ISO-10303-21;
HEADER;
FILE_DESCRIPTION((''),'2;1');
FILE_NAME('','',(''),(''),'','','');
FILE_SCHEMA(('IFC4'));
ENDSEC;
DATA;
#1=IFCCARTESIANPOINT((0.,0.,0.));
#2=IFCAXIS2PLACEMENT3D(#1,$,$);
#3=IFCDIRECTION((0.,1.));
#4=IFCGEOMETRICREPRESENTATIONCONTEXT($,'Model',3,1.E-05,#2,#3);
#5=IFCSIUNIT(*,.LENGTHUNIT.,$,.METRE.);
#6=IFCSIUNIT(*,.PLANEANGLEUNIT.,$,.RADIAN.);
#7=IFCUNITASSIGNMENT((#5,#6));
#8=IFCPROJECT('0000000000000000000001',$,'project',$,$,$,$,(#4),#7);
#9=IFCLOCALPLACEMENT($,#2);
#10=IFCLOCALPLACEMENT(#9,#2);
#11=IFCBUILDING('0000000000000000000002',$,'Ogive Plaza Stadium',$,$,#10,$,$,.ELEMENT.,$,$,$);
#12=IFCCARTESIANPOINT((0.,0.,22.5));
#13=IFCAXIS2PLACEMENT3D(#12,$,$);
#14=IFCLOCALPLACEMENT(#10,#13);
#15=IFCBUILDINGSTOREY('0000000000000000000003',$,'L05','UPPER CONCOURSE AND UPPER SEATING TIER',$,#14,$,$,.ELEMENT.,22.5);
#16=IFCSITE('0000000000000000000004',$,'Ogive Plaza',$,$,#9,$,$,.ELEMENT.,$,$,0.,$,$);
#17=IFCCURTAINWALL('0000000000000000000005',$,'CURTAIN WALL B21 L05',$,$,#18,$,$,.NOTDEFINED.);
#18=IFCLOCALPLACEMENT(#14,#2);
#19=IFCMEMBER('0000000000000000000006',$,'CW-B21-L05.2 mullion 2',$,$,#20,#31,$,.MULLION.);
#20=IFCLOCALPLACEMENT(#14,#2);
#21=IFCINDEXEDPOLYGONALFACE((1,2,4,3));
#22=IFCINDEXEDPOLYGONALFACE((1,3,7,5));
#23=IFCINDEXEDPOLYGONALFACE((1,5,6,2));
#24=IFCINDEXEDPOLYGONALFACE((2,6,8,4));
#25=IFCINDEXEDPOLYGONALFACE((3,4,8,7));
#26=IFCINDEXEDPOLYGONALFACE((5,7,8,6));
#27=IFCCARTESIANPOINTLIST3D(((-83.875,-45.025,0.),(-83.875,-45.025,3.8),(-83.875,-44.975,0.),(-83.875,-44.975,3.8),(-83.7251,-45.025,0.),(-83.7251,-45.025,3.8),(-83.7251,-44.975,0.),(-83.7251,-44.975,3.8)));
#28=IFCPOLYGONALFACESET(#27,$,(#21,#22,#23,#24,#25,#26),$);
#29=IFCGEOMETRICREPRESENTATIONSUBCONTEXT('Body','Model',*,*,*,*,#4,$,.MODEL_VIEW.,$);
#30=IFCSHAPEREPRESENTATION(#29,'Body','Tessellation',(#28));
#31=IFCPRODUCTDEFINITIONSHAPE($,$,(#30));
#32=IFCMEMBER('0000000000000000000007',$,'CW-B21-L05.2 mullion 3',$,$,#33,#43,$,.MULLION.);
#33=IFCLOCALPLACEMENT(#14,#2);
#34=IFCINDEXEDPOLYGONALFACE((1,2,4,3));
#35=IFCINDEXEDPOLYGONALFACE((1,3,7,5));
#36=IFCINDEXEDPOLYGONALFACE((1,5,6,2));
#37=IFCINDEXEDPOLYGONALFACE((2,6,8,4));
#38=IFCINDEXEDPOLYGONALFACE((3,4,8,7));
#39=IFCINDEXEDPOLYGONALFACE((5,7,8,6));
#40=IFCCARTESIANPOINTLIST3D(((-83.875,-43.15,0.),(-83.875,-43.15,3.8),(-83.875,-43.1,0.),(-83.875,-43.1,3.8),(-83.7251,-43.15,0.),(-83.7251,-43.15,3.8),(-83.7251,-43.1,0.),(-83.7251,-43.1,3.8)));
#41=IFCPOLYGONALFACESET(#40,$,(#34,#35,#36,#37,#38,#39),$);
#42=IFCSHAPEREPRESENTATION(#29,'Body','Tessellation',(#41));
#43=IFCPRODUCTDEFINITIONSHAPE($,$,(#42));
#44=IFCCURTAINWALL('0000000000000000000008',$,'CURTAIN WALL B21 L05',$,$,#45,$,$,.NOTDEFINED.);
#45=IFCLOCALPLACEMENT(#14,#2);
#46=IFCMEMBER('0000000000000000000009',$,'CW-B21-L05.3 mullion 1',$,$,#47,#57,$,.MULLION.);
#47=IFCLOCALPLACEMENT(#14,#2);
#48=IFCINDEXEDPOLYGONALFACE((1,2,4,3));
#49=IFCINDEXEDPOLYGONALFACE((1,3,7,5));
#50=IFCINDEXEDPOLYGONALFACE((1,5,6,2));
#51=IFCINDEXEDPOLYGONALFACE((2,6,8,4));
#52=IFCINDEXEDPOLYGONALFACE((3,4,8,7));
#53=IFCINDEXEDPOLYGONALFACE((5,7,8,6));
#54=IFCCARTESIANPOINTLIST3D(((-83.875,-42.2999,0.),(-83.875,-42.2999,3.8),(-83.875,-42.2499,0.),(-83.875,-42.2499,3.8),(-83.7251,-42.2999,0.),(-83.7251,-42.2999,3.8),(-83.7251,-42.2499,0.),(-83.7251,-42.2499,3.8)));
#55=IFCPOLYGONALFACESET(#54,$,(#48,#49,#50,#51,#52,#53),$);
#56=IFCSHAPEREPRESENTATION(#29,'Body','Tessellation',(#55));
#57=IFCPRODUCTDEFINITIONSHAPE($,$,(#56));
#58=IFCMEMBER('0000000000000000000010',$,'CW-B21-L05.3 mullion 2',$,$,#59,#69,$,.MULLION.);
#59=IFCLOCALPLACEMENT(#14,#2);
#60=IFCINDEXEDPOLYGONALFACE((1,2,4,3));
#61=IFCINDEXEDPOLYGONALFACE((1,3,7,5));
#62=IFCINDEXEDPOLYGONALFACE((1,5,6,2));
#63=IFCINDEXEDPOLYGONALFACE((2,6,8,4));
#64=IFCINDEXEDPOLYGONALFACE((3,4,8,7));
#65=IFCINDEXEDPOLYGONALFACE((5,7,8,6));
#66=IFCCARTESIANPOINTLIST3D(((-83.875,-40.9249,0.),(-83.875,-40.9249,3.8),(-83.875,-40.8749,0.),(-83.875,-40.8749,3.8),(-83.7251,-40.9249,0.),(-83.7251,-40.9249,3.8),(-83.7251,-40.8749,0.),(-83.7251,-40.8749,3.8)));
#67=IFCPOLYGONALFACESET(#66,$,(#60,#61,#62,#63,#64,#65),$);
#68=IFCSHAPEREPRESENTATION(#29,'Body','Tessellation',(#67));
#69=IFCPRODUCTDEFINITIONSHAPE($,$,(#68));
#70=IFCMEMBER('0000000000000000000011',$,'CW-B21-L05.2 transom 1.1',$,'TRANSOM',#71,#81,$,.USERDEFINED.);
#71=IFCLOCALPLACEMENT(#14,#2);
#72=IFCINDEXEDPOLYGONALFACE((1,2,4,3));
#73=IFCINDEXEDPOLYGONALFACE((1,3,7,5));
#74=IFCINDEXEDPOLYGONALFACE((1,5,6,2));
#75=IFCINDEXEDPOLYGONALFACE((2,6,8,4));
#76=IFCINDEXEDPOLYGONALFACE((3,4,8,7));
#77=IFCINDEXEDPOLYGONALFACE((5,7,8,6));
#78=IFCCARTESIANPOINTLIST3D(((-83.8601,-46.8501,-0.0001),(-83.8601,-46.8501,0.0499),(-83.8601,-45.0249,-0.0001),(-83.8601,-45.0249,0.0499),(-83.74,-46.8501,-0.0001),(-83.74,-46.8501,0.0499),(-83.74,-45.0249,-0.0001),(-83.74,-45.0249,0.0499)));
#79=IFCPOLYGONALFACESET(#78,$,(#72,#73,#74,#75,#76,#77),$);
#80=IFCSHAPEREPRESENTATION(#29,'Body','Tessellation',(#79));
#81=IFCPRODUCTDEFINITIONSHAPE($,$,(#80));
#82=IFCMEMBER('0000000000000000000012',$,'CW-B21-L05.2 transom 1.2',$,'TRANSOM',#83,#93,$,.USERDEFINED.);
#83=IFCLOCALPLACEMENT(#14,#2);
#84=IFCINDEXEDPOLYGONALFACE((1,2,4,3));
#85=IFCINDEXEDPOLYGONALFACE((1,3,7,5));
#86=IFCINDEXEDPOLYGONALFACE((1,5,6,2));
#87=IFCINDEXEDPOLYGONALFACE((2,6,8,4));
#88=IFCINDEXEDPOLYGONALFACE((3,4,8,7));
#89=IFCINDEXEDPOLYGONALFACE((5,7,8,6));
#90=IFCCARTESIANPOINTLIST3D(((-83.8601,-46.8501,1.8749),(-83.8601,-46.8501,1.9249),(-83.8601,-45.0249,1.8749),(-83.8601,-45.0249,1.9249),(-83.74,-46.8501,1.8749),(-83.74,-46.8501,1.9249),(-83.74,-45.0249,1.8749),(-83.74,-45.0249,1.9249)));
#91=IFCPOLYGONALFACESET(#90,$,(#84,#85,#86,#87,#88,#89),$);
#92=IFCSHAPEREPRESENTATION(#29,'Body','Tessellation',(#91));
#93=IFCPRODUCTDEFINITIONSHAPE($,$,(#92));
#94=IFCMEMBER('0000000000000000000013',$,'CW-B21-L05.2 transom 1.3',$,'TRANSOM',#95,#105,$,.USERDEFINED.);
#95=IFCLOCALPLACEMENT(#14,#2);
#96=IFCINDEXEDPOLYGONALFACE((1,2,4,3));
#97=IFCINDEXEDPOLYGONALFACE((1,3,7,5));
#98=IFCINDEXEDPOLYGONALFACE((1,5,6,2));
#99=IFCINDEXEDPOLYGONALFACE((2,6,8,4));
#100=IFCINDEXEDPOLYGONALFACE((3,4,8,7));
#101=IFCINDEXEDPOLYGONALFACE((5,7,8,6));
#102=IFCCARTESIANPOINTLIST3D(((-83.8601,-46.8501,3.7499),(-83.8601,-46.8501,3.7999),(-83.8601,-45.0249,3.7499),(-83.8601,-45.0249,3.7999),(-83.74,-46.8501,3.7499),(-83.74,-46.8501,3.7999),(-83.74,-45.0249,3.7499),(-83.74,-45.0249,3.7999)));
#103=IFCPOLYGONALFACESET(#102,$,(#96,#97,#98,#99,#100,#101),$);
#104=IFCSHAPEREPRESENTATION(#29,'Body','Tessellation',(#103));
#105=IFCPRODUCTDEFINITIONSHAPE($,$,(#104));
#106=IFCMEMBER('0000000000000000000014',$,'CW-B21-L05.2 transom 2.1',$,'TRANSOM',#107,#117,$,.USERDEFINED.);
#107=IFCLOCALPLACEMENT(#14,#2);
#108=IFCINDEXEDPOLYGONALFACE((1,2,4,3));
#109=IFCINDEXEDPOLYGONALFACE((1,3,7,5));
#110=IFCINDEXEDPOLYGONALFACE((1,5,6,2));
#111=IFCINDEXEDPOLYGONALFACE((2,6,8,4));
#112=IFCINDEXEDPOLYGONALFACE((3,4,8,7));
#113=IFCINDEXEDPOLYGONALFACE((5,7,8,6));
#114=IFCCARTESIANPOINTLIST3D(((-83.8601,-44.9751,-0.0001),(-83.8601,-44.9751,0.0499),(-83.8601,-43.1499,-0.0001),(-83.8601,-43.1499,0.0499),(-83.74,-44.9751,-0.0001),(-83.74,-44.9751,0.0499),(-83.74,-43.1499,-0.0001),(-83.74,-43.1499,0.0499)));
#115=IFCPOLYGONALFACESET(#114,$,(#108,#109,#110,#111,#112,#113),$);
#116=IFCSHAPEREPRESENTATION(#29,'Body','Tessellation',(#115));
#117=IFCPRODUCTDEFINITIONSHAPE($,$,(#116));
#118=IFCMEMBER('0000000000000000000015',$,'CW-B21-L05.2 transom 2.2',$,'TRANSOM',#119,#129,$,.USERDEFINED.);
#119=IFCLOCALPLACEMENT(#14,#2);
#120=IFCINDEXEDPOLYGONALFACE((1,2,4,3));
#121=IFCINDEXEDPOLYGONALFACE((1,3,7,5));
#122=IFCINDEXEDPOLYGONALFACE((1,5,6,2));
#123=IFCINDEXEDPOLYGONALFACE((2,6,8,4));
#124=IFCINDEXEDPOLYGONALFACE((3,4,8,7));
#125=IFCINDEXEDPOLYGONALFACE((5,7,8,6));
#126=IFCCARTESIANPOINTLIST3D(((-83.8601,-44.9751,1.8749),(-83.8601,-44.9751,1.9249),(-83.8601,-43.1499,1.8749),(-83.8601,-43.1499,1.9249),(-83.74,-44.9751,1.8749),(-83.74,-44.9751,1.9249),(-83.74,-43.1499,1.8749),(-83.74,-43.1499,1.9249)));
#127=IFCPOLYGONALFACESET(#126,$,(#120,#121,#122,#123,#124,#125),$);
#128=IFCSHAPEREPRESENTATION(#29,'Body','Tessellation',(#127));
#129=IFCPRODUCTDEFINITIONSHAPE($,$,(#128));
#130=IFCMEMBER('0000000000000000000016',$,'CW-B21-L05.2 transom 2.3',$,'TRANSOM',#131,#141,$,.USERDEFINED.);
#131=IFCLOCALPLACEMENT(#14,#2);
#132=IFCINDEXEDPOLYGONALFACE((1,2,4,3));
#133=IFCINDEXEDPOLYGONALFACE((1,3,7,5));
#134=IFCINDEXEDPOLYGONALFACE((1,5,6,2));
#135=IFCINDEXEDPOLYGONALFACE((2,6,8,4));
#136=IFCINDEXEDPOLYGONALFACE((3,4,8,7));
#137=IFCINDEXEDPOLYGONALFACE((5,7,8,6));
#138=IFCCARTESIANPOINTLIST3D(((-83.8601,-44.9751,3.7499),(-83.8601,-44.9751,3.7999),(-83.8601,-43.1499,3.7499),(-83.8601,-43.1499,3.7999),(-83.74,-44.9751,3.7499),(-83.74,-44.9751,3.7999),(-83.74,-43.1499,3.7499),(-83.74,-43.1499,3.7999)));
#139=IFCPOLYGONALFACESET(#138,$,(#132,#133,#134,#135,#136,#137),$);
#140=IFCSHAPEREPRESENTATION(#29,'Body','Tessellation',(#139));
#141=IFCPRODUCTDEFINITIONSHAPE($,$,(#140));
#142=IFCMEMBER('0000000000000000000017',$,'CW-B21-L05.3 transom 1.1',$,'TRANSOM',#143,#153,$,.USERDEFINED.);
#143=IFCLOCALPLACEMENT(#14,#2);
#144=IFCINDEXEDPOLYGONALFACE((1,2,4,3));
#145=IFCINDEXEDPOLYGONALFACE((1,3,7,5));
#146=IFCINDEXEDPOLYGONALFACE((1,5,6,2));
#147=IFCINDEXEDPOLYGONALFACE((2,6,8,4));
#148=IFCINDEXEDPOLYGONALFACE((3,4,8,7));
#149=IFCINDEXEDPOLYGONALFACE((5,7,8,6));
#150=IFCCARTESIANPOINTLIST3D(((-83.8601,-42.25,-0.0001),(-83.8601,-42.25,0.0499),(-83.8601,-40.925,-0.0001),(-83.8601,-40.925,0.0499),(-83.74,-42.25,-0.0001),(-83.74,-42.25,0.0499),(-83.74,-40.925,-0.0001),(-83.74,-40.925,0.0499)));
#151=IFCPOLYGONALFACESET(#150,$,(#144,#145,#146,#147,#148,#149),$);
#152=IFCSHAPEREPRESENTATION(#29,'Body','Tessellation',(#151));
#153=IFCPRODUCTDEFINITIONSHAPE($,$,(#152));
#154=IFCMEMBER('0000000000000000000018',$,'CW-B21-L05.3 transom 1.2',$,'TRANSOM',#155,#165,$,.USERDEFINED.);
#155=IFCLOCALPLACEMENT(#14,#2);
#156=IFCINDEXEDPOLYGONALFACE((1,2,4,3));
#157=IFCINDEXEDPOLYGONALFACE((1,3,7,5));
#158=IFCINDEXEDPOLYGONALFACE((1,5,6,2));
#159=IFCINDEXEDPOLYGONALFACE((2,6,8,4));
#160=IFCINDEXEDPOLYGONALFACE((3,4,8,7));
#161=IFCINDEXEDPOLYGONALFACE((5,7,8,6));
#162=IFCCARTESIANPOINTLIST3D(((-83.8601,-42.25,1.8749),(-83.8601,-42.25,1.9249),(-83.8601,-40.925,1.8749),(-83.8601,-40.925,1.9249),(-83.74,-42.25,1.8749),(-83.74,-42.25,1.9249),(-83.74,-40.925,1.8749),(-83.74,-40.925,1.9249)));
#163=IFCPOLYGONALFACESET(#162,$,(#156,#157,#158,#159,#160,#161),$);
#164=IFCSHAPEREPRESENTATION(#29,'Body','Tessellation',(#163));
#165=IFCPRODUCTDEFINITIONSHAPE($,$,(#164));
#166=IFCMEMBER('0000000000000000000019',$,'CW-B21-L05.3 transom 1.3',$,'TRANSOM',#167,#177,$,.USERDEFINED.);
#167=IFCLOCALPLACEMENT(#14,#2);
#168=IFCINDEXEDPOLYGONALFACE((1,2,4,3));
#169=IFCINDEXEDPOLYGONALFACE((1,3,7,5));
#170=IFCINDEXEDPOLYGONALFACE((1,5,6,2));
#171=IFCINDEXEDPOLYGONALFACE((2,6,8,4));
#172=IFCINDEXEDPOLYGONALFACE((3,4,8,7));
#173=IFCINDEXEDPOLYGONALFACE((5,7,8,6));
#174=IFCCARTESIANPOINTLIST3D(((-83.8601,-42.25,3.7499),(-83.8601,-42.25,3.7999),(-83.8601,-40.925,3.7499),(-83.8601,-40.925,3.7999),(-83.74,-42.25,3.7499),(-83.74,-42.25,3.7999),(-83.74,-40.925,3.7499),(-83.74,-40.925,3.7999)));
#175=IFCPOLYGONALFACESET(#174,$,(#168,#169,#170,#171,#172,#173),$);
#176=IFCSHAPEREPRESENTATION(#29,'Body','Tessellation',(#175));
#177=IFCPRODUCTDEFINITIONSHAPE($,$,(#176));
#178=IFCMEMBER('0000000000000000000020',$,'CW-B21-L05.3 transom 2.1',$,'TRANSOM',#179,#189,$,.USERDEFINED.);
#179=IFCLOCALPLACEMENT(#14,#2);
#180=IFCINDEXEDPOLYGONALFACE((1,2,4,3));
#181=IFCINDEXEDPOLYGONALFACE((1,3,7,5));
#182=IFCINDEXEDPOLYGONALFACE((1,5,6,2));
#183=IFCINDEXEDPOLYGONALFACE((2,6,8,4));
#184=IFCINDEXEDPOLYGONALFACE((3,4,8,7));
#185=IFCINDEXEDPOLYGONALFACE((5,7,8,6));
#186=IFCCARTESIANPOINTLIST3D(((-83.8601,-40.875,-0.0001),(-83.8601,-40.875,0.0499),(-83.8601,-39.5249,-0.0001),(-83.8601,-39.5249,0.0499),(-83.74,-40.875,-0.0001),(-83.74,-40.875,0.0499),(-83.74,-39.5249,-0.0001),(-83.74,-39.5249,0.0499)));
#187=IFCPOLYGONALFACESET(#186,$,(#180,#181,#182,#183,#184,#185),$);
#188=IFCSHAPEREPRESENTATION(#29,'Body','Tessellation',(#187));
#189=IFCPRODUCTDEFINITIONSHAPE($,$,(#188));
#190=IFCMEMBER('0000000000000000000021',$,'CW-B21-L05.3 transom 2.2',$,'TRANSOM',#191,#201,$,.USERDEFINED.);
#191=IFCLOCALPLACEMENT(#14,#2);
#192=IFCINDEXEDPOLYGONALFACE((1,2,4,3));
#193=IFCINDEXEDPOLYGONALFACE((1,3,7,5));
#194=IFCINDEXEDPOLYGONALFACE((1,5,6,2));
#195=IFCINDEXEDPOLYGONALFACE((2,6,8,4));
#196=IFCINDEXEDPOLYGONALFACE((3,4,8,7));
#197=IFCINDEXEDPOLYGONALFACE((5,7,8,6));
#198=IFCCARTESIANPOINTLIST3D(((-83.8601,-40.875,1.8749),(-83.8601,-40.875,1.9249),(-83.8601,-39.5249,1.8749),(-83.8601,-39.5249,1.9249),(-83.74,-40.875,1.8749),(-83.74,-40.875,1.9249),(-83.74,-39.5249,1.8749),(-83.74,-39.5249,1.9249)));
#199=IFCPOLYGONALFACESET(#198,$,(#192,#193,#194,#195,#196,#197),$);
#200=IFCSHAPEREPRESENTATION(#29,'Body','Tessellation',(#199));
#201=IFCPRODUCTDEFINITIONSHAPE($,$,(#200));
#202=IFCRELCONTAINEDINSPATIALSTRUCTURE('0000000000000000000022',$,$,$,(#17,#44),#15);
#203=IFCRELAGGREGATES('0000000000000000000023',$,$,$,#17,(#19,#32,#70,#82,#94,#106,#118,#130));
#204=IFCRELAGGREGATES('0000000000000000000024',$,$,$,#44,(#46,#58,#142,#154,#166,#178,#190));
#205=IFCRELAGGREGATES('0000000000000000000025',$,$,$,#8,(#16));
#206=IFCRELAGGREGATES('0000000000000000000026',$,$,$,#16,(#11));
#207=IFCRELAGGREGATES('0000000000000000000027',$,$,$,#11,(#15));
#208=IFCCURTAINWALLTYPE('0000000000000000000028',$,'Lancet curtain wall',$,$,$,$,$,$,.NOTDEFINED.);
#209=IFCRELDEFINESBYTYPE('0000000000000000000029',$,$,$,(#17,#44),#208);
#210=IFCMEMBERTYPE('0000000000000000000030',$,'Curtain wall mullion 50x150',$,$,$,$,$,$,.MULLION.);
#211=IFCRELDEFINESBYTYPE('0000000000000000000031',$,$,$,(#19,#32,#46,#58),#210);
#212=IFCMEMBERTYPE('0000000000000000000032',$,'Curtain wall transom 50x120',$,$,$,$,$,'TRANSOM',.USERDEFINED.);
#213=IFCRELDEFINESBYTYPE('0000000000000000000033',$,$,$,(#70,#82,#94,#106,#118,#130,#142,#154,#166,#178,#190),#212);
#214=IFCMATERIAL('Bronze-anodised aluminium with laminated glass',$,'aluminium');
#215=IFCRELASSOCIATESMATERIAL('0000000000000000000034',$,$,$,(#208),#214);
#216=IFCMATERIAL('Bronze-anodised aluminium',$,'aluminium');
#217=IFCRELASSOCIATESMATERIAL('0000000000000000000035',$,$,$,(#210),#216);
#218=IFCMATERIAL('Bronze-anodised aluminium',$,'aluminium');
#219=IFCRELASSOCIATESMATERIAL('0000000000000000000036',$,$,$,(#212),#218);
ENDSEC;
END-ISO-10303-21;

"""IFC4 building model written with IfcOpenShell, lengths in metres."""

from ifc_helpers import new_model, si_unit, direction, frame, origin, origin_2d, place, context, subcontext, project, spatial, rectangle, extrude, material, material_profile, profile_set, type_object, element, aggregate, save


model = new_model("IFC4")

# Units and contexts
model_context = context("Model", 3, precision=1e-05, world=origin(), true_north=direction((0.0, 1.0)))
body_context = subcontext(model_context, "Body", "Model", "MODEL_VIEW")
ifc_project = project(units=[si_unit("LENGTHUNIT", "METRE"), si_unit("PLANEANGLEUNIT", "RADIAN")], contexts=[model_context])

# Site, building, storey
site_placement = place(None, origin())
site = spatial("IfcSite", under=ifc_project, at=site_placement, Name="Ogive Plaza", CompositionType="ELEMENT", RefElevation=0.0)
building_placement = place(site_placement, origin())
building = spatial("IfcBuilding", under=site, at=building_placement, Name="Ogive Plaza Stadium", CompositionType="ELEMENT")
storey_placement = place(building_placement, frame((0.0, 0.0, 22.5)))
storey = spatial("IfcBuildingStorey", under=building, at=storey_placement, Name="L05", Description="UPPER CONCOURSE AND UPPER SEATING TIER", CompositionType="ELEMENT", Elevation=22.5)

# Curtain walls, members
ifc_material_1 = material(Name="Bronze-anodised aluminium with laminated glass", Category="aluminium")
curtain_wall_type = type_object("IfcCurtainWallType", Name="Lancet curtain wall", PredefinedType="NOTDEFINED", material=ifc_material_1)
curtain_wall_1_placement = place(storey_placement, origin())
curtain_wall_1 = element("IfcCurtainWall", 1, at=curtain_wall_1_placement, inside=storey, type_object=curtain_wall_type, Name="CURTAIN WALL B21 L05", PredefinedType="NOTDEFINED")
ifc_material_2 = material(Name="Bronze-anodised aluminium", Category="aluminium")
ifc_material_profile_1 = material_profile(ifc_material_2, rectangle(XDim=0.1499, YDim=0.05, at=origin_2d()), Name="AL 150x50")
ifc_profile_set_1 = profile_set([ifc_material_profile_1], Name="Bronze-anodised aluminium")
member_type_1 = type_object("IfcMemberType", Name="Curtain wall mullion 50x150", PredefinedType="MULLION", material=ifc_profile_set_1)
member_1_placement = place(storey_placement, frame((-83.8, -45.0, 0.0), z_axis=(0.0, 0.0, 1.0), x_axis=(-1.0, 0.0, 0.0)))
member_1 = element("IfcMember", 2, at=member_1_placement, type_object=member_type_1, Name="CW-B21-L05.2 mullion 2", PredefinedType="MULLION", context=body_context, shape_type="SweptSolid", body=[
    extrude(rectangle(XDim=0.1499, YDim=0.05, at=origin_2d()), origin(), (0.0, 0.0, 1.0), 3.8),
])
member_2_placement = place(storey_placement, frame((-83.8, -43.125, 0.0), z_axis=(0.0, 0.0, 1.0), x_axis=(-1.0, 0.0, 0.0)))
member_2 = element("IfcMember", 3, at=member_2_placement, type_object=member_type_1, Name="CW-B21-L05.2 mullion 3", PredefinedType="MULLION", context=body_context, shape_type="SweptSolid", body=[
    extrude(rectangle(XDim=0.1499, YDim=0.05, at=origin_2d()), origin(), (0.0, 0.0, 1.0), 3.8),
])
curtain_wall_2_placement = place(storey_placement, origin())
curtain_wall_2 = element("IfcCurtainWall", 4, at=curtain_wall_2_placement, inside=storey, type_object=curtain_wall_type, Name="CURTAIN WALL B21 L05", PredefinedType="NOTDEFINED")
member_3_placement = place(storey_placement, frame((-83.8, -42.2749, 0.0), z_axis=(0.0, 0.0, 1.0), x_axis=(-1.0, 0.0, 0.0)))
member_3 = element("IfcMember", 5, at=member_3_placement, type_object=member_type_1, Name="CW-B21-L05.3 mullion 1", PredefinedType="MULLION", context=body_context, shape_type="SweptSolid", body=[
    extrude(rectangle(XDim=0.1499, YDim=0.05, at=origin_2d()), origin(), (0.0, 0.0, 1.0), 3.8),
])
member_4_placement = place(storey_placement, frame((-83.8, -40.8999, 0.0), z_axis=(0.0, 0.0, 1.0), x_axis=(-1.0, 0.0, 0.0)))
member_4 = element("IfcMember", 6, at=member_4_placement, type_object=member_type_1, Name="CW-B21-L05.3 mullion 2", PredefinedType="MULLION", context=body_context, shape_type="SweptSolid", body=[
    extrude(rectangle(XDim=0.1499, YDim=0.05, at=origin_2d()), origin(), (0.0, 0.0, 1.0), 3.8),
])

# Members
ifc_material_3 = material(Name="Bronze-anodised aluminium", Category="aluminium")
ifc_material_profile_2 = material_profile(ifc_material_3, rectangle(XDim=0.1201, YDim=0.05, at=origin_2d()), Name="AL 120x50")
ifc_profile_set_2 = profile_set([ifc_material_profile_2], Name="Bronze-anodised aluminium")
member_type_2 = type_object("IfcMemberType", Name="Curtain wall transom 50x120", ElementType="TRANSOM", PredefinedType="USERDEFINED", material=ifc_profile_set_2)
member_5_placement = place(storey_placement, frame((-83.8, -46.8501, 0.0249), z_axis=(0.0, 1.0, 0.0), x_axis=(-1.0, 0.0, 0.0)))
member_5 = element("IfcMember", 7, at=member_5_placement, type_object=member_type_2, Name="CW-B21-L05.2 transom 1.1", ObjectType="TRANSOM", PredefinedType="USERDEFINED", context=body_context, shape_type="SweptSolid", body=[
    extrude(rectangle(XDim=0.1201, YDim=0.05, at=origin_2d()), origin(), (0.0, 0.0, 1.0), 1.8252),
])
member_6_placement = place(storey_placement, frame((-83.8, -46.8501, 1.8999), z_axis=(0.0, 1.0, 0.0), x_axis=(-1.0, 0.0, 0.0)))
member_6 = element("IfcMember", 8, at=member_6_placement, type_object=member_type_2, Name="CW-B21-L05.2 transom 1.2", ObjectType="TRANSOM", PredefinedType="USERDEFINED", context=body_context, shape_type="SweptSolid", body=[
    extrude(rectangle(XDim=0.1201, YDim=0.05, at=origin_2d()), origin(), (0.0, 0.0, 1.0), 1.8252),
])
member_7_placement = place(storey_placement, frame((-83.8, -46.8501, 3.7749), z_axis=(0.0, 1.0, 0.0), x_axis=(-1.0, 0.0, 0.0)))
member_7 = element("IfcMember", 9, at=member_7_placement, type_object=member_type_2, Name="CW-B21-L05.2 transom 1.3", ObjectType="TRANSOM", PredefinedType="USERDEFINED", context=body_context, shape_type="SweptSolid", body=[
    extrude(rectangle(XDim=0.1201, YDim=0.05, at=origin_2d()), origin(), (0.0, 0.0, 1.0), 1.8252),
])
member_8_placement = place(storey_placement, frame((-83.8, -44.9751, 0.0249), z_axis=(0.0, 1.0, 0.0), x_axis=(-1.0, 0.0, 0.0)))
member_8 = element("IfcMember", 10, at=member_8_placement, type_object=member_type_2, Name="CW-B21-L05.2 transom 2.1", ObjectType="TRANSOM", PredefinedType="USERDEFINED", context=body_context, shape_type="SweptSolid", body=[
    extrude(rectangle(XDim=0.1201, YDim=0.05, at=origin_2d()), origin(), (0.0, 0.0, 1.0), 1.8252),
])
member_9_placement = place(storey_placement, frame((-83.8, -44.9751, 1.8999), z_axis=(0.0, 1.0, 0.0), x_axis=(-1.0, 0.0, 0.0)))
member_9 = element("IfcMember", 11, at=member_9_placement, type_object=member_type_2, Name="CW-B21-L05.2 transom 2.2", ObjectType="TRANSOM", PredefinedType="USERDEFINED", context=body_context, shape_type="SweptSolid", body=[
    extrude(rectangle(XDim=0.1201, YDim=0.05, at=origin_2d()), origin(), (0.0, 0.0, 1.0), 1.8252),
])
member_10_placement = place(storey_placement, frame((-83.8, -44.9751, 3.7749), z_axis=(0.0, 1.0, 0.0), x_axis=(-1.0, 0.0, 0.0)))
member_10 = element("IfcMember", 12, at=member_10_placement, type_object=member_type_2, Name="CW-B21-L05.2 transom 2.3", ObjectType="TRANSOM", PredefinedType="USERDEFINED", context=body_context, shape_type="SweptSolid", body=[
    extrude(rectangle(XDim=0.1201, YDim=0.05, at=origin_2d()), origin(), (0.0, 0.0, 1.0), 1.8252),
])
member_11_placement = place(storey_placement, frame((-83.8, -42.25, 0.0249), z_axis=(0.0, 1.0, 0.0), x_axis=(-1.0, 0.0, 0.0)))
member_11 = element("IfcMember", 13, at=member_11_placement, type_object=member_type_2, Name="CW-B21-L05.3 transom 1.1", ObjectType="TRANSOM", PredefinedType="USERDEFINED", context=body_context, shape_type="SweptSolid", body=[
    extrude(rectangle(XDim=0.1201, YDim=0.05, at=origin_2d()), origin(), (0.0, 0.0, 1.0), 1.325),
])
member_12_placement = place(storey_placement, frame((-83.8, -42.25, 1.8999), z_axis=(0.0, 1.0, 0.0), x_axis=(-1.0, 0.0, 0.0)))
member_12 = element("IfcMember", 14, at=member_12_placement, type_object=member_type_2, Name="CW-B21-L05.3 transom 1.2", ObjectType="TRANSOM", PredefinedType="USERDEFINED", context=body_context, shape_type="SweptSolid", body=[
    extrude(rectangle(XDim=0.1201, YDim=0.05, at=origin_2d()), origin(), (0.0, 0.0, 1.0), 1.325),
])
member_13_placement = place(storey_placement, frame((-83.8, -42.25, 3.7749), z_axis=(0.0, 1.0, 0.0), x_axis=(-1.0, 0.0, 0.0)))
member_13 = element("IfcMember", 15, at=member_13_placement, type_object=member_type_2, Name="CW-B21-L05.3 transom 1.3", ObjectType="TRANSOM", PredefinedType="USERDEFINED", context=body_context, shape_type="SweptSolid", body=[
    extrude(rectangle(XDim=0.1201, YDim=0.05, at=origin_2d()), origin(), (0.0, 0.0, 1.0), 1.325),
])
member_14_placement = place(storey_placement, frame((-83.8, -40.875, 0.0249), z_axis=(0.0, 1.0, 0.0), x_axis=(-1.0, 0.0, 0.0)))
member_14 = element("IfcMember", 16, at=member_14_placement, type_object=member_type_2, Name="CW-B21-L05.3 transom 2.1", ObjectType="TRANSOM", PredefinedType="USERDEFINED", context=body_context, shape_type="SweptSolid", body=[
    extrude(rectangle(XDim=0.1201, YDim=0.05, at=origin_2d()), origin(), (0.0, 0.0, 1.0), 1.3501),
])
member_15_placement = place(storey_placement, frame((-83.8, -40.875, 1.8999), z_axis=(0.0, 1.0, 0.0), x_axis=(-1.0, 0.0, 0.0)))
member_15 = element("IfcMember", 17, at=member_15_placement, type_object=member_type_2, Name="CW-B21-L05.3 transom 2.2", ObjectType="TRANSOM", PredefinedType="USERDEFINED", context=body_context, shape_type="SweptSolid", body=[
    extrude(rectangle(XDim=0.1201, YDim=0.05, at=origin_2d()), origin(), (0.0, 0.0, 1.0), 1.3501),
])

aggregate(curtain_wall_1, [member_1, member_2, member_5, member_6, member_7, member_8, member_9, member_10])
aggregate(curtain_wall_2, [member_3, member_4, member_11, member_12, member_13, member_14, member_15])

save(model, "model.ifc")
